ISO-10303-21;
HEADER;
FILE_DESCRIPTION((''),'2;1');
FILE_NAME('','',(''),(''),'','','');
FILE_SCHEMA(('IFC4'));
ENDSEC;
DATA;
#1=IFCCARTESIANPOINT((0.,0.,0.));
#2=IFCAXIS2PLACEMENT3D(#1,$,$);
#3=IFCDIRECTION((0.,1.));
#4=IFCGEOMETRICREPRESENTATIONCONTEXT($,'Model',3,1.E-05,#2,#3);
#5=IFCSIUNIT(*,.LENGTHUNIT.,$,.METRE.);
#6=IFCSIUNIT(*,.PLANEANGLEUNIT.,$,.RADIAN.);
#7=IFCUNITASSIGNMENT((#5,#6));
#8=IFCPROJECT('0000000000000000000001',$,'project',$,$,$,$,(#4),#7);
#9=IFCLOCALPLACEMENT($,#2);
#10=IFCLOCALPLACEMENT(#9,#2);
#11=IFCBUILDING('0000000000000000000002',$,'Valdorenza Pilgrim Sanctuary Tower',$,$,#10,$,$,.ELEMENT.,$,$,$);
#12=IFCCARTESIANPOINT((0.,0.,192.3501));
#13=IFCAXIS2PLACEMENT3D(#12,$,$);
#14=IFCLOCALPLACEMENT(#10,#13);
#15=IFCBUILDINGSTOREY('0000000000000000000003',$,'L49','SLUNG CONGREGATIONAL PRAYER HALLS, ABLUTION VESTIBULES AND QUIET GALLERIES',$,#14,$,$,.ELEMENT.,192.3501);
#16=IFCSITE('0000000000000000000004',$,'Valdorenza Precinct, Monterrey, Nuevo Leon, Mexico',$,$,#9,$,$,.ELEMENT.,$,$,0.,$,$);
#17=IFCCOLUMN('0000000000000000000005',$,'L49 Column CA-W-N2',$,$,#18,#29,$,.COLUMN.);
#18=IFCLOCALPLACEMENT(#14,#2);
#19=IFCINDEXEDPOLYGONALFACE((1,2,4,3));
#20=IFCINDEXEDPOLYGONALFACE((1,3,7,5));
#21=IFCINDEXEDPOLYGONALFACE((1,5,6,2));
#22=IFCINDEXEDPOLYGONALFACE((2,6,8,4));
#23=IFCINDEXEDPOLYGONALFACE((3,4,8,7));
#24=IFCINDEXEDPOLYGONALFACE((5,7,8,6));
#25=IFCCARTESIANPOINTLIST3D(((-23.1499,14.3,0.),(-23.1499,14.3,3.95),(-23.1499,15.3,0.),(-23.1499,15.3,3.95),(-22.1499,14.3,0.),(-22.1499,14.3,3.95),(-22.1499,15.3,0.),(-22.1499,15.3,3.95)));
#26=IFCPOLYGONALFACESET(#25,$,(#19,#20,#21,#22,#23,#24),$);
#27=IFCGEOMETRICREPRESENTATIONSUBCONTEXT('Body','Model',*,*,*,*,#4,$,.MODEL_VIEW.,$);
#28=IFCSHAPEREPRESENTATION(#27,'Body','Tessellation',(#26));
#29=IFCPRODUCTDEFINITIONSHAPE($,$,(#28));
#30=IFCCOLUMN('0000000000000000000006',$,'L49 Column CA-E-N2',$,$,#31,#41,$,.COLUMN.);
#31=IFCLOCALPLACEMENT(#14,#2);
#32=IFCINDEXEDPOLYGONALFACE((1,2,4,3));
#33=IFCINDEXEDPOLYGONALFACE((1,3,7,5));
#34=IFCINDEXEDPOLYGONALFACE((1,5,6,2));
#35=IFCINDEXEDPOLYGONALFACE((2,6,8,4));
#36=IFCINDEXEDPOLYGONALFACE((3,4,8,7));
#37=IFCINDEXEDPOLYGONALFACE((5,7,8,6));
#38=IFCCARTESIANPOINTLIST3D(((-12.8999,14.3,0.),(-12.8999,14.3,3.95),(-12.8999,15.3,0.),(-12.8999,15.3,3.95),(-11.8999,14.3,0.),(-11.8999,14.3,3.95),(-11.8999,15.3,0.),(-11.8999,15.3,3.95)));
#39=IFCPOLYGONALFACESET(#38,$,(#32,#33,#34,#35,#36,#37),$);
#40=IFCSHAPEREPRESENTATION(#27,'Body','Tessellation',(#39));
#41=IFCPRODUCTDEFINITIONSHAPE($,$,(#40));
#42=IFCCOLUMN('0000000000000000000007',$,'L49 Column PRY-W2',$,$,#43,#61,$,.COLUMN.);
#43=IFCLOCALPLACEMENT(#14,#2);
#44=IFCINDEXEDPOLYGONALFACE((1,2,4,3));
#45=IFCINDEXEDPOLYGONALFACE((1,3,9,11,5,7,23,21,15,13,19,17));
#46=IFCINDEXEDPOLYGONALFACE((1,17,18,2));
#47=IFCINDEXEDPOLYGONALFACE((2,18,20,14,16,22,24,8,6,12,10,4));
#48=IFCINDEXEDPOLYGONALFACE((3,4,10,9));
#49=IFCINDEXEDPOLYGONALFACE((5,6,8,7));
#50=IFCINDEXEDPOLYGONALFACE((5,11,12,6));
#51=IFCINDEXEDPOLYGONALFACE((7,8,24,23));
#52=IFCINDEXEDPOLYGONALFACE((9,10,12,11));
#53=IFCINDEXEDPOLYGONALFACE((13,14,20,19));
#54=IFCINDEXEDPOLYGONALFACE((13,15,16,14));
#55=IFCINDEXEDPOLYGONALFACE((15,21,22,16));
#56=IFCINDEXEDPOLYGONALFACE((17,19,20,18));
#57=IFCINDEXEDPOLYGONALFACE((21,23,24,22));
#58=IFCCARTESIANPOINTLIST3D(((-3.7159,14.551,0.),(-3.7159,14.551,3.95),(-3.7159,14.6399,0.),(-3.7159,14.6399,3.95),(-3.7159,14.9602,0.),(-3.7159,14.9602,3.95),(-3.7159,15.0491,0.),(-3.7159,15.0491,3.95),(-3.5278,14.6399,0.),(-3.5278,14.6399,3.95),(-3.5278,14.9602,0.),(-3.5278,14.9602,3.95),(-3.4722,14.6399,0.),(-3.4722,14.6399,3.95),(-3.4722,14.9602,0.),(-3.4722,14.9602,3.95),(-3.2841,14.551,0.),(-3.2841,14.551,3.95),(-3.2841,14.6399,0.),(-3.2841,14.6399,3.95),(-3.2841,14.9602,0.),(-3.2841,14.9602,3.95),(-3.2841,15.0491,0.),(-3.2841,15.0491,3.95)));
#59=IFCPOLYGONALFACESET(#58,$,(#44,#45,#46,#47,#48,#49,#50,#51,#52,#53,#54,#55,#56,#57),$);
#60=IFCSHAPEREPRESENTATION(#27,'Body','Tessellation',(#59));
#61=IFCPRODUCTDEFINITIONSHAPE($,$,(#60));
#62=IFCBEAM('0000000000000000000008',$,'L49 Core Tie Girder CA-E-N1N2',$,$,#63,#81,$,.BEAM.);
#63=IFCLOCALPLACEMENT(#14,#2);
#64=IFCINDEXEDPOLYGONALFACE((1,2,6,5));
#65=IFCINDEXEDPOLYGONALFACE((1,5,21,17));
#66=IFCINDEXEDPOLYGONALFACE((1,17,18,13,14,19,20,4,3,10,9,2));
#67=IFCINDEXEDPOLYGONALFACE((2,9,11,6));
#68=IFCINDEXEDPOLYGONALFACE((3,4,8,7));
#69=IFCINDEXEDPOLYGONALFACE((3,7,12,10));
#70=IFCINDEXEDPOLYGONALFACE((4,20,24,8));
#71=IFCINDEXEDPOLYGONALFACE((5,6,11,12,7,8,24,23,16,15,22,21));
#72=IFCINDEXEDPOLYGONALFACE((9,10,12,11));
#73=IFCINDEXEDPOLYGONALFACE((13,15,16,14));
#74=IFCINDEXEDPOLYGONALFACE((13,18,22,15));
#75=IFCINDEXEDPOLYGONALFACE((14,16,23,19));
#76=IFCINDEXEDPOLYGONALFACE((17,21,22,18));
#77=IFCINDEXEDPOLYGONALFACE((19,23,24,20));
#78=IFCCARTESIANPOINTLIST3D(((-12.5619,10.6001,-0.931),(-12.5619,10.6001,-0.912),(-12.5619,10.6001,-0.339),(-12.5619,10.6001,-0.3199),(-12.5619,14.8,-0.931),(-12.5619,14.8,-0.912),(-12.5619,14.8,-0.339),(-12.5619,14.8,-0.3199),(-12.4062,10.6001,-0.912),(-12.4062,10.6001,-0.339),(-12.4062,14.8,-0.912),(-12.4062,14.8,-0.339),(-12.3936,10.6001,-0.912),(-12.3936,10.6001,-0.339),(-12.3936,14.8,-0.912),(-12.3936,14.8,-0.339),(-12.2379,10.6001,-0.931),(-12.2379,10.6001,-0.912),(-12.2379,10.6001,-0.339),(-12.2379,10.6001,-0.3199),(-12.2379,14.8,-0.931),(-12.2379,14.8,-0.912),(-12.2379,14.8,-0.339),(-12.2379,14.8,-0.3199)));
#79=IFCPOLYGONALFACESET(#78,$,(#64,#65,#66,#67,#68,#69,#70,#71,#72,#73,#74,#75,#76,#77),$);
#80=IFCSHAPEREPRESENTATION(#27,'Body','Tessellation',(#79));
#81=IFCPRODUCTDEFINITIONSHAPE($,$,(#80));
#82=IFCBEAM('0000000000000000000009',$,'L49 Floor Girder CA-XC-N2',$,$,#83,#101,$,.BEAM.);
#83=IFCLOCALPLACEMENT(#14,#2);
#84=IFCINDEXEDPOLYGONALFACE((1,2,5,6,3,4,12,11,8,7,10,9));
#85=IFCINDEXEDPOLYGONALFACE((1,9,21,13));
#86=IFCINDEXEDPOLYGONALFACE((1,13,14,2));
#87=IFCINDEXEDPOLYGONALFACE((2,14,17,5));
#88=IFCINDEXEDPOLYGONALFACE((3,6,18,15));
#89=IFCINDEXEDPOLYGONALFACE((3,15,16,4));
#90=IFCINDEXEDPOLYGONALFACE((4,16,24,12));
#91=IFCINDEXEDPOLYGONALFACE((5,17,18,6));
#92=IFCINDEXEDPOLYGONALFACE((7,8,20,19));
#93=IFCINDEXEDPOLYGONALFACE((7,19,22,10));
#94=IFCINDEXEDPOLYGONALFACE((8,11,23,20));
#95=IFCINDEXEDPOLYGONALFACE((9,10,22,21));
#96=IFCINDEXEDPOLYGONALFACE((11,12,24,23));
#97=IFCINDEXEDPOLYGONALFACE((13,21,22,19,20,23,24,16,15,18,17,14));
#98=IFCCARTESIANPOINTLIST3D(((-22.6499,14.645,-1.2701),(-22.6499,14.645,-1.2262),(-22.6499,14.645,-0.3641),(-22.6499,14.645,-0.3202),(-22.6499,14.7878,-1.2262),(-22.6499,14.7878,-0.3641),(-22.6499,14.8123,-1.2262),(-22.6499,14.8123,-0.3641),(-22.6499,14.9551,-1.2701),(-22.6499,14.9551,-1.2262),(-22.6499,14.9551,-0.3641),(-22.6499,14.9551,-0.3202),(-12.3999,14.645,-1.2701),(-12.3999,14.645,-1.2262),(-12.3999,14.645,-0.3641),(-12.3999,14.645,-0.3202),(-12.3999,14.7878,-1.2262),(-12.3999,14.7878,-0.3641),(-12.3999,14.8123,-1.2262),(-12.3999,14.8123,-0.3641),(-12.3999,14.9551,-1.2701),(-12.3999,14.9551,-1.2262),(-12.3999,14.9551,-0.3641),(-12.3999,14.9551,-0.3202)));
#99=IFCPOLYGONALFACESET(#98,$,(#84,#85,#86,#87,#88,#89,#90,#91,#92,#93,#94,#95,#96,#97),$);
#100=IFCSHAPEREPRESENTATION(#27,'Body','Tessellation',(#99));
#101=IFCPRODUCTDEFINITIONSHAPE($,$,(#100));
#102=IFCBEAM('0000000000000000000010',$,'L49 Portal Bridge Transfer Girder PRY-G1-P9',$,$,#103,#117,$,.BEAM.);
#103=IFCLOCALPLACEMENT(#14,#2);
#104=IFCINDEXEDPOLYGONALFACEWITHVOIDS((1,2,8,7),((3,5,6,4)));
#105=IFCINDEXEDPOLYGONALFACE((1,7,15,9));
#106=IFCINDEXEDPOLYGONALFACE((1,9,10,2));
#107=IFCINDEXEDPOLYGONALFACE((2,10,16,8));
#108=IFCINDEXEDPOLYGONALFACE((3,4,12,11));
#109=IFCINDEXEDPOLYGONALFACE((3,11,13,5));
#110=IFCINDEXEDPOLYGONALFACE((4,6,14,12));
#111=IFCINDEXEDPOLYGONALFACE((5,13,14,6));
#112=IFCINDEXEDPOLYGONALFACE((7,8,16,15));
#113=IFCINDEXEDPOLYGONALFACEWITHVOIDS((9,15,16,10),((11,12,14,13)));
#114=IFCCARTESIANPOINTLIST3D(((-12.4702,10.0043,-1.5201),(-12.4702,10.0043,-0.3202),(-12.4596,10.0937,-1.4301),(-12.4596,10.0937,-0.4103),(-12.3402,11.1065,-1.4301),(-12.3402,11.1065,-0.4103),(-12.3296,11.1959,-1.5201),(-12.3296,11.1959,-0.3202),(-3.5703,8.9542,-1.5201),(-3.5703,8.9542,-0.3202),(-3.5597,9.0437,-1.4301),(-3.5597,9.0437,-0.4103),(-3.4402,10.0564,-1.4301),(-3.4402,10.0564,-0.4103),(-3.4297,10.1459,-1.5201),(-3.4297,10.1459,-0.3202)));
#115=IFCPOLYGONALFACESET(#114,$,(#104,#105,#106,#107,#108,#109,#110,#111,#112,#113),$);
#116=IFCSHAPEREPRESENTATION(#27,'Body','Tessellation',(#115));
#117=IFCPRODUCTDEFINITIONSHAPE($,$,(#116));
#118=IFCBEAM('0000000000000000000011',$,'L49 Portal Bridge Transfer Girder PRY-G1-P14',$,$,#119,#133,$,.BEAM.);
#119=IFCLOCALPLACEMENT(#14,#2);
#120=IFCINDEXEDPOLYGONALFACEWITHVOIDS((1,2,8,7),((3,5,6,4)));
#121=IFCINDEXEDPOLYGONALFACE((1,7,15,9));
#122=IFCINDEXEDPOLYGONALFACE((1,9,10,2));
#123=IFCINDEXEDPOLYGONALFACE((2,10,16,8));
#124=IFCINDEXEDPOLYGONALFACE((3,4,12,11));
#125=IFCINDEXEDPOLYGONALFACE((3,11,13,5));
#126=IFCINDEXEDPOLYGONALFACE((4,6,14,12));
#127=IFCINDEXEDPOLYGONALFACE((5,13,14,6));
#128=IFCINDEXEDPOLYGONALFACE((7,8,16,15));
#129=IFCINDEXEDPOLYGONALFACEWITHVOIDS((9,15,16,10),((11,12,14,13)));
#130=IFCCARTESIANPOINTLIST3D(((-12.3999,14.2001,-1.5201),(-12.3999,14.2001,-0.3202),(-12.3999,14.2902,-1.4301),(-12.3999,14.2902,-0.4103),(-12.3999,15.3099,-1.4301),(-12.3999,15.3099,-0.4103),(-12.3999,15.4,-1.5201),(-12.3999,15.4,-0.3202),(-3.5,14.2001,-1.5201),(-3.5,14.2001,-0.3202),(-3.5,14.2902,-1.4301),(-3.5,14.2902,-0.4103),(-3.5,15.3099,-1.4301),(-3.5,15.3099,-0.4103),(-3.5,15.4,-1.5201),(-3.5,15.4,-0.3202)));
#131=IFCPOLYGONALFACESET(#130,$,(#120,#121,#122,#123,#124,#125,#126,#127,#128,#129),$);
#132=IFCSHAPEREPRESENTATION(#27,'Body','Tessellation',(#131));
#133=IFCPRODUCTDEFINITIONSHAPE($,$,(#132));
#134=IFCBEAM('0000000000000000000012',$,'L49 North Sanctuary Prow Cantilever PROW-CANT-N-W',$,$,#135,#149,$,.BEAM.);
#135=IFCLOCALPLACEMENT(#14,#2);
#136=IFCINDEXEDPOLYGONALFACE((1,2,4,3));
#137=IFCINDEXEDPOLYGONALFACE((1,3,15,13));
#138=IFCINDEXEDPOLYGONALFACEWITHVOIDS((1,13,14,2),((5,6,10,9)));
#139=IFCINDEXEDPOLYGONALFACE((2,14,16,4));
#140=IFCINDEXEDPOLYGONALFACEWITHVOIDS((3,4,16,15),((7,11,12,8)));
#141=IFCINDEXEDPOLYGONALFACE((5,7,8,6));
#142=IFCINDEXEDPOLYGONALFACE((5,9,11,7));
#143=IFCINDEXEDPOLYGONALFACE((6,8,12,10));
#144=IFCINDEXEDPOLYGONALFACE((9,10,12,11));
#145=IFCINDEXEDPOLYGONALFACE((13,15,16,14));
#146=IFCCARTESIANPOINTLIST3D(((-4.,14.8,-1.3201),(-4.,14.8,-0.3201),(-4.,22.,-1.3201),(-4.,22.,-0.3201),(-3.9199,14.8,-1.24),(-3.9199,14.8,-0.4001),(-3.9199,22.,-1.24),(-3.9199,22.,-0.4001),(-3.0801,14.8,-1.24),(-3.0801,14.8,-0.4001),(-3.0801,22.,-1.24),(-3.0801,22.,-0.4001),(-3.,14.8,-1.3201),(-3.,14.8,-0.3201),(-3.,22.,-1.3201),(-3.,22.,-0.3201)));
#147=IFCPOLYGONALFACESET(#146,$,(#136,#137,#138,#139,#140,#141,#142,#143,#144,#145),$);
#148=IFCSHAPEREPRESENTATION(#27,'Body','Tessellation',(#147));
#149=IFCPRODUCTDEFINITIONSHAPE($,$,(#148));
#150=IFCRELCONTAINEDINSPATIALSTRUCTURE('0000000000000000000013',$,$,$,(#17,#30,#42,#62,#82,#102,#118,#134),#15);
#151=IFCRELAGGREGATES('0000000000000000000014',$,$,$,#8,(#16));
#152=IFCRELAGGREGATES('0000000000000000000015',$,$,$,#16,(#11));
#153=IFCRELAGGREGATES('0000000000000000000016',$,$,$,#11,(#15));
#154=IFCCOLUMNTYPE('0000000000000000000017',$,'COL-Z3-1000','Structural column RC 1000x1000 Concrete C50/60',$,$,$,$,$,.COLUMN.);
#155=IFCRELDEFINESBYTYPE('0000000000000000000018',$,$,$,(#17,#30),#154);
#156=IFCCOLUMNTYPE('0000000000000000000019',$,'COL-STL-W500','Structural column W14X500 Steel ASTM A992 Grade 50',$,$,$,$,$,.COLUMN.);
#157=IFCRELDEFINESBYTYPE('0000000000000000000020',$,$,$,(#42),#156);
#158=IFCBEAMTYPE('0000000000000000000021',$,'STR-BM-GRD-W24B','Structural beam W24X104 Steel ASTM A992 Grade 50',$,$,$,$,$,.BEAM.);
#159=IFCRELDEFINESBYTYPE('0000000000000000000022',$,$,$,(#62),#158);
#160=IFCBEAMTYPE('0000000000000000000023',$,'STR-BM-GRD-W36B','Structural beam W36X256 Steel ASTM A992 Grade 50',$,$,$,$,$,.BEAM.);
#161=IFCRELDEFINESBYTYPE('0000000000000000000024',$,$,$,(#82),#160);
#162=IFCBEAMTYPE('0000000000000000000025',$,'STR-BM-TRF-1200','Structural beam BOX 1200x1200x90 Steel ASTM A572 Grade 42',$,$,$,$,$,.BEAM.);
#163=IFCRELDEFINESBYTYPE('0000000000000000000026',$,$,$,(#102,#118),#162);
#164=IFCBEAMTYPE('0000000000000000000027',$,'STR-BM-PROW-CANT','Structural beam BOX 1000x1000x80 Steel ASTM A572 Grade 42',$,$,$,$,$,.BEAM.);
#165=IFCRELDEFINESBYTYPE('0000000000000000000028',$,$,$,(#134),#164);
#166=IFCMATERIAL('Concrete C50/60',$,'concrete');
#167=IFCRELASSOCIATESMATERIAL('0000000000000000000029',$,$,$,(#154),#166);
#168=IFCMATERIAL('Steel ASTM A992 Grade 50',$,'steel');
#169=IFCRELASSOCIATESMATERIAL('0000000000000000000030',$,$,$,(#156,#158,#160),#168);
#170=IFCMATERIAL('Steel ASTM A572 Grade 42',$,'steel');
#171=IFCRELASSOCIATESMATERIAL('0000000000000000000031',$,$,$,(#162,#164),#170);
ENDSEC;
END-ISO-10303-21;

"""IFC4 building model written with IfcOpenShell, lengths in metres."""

from ifc_helpers import new_model, si_unit, direction, frame, origin, origin_2d, place, context, subcontext, project, spatial, rectangle, hollow_rectangle, i_section, extrude, source, transform, mapped, material, material_profile, profile_set, type_object, element, save


model = new_model("IFC4")

# Units and contexts
model_context = context("Model", 3, precision=1e-05, world=origin(), true_north=direction((0.0, 1.0)))
body_context = subcontext(model_context, "Body", "Model", "MODEL_VIEW")
ifc_project = project(units=[si_unit("LENGTHUNIT", "METRE"), si_unit("PLANEANGLEUNIT", "RADIAN")], contexts=[model_context])

# Site, building, storey
site_placement = place(None, origin())
site = spatial("IfcSite", under=ifc_project, at=site_placement, Name="Valdorenza Precinct, Monterrey, Nuevo Leon, Mexico", CompositionType="ELEMENT", RefElevation=0.0)
building_placement = place(site_placement, origin())
building = spatial("IfcBuilding", under=site, at=building_placement, Name="Valdorenza Pilgrim Sanctuary Tower", CompositionType="ELEMENT")
storey_placement = place(building_placement, frame((0.0, 0.0, 192.3501)))
storey = spatial("IfcBuildingStorey", under=building, at=storey_placement, Name="L49", Description="SLUNG CONGREGATIONAL PRAYER HALLS, ABLUTION VESTIBULES AND QUIET GALLERIES", CompositionType="ELEMENT", Elevation=192.3501)

# Columns
ifc_material_1 = material(Name="Concrete C50/60", Category="concrete")
ifc_material_profile_1 = material_profile(ifc_material_1, rectangle(XDim=1.0, YDim=1.0, at=origin_2d()), Name="RC 1000x1000")
ifc_profile_set_1 = profile_set([ifc_material_profile_1], Name="Concrete C50/60")
column_type_1 = type_object("IfcColumnType", Name="COL-Z3-1000", Description="Structural column RC 1000x1000 Concrete C50/60", PredefinedType="COLUMN", material=ifc_profile_set_1)
shared_shape_1 = source(origin(), body_context, "Body", "SweptSolid", [
    extrude(rectangle(XDim=1.0, YDim=1.0, at=origin_2d()), origin(), (0.0, 0.0, 1.0), 3.95),
])
for number, where, z_axis, x_axis, name in (
    (1, (-22.6499, 14.8, 0.0), (0.0, 0.0, 1.0), (1.0, 0.0, 0.0), "L49 Column CA-W-N2"),
    (2, (-12.3999, 14.8, 0.0), (0.0, 0.0, 1.0), (1.0, 0.0, 0.0), "L49 Column CA-E-N2"),
):
    element("IfcColumn", number, at=place(storey_placement, frame(where, z_axis=z_axis, x_axis=x_axis)), inside=storey, type_object=column_type_1, Name=name, PredefinedType="COLUMN", context=body_context, shape_type="MappedRepresentation", body=[
        mapped(shared_shape_1, transform((0.0, 0.0, 0.0), x_axis=(1.0, 0.0, 0.0), y_axis=(0.0, 1.0, 0.0), z_axis=(0.0, 0.0, 1.0), scale=1.0)),
    ])
ifc_material_2 = material(Name="Steel ASTM A992 Grade 50", Category="steel")
ifc_material_profile_2 = material_profile(ifc_material_2, i_section(OverallWidth=0.4319, OverallDepth=0.498, WebThickness=0.0557, FlangeThickness=0.0889, at=origin_2d()), Name="W14X500")
ifc_profile_set_2 = profile_set([ifc_material_profile_2], Name="Steel ASTM A992 Grade 50")
column_type_2 = type_object("IfcColumnType", Name="COL-STL-W500", Description="Structural column W14X500 Steel ASTM A992 Grade 50", PredefinedType="COLUMN", material=ifc_profile_set_2)
shared_shape_2 = source(origin(), body_context, "Body", "SweptSolid", [
    extrude(i_section(OverallWidth=0.4319, OverallDepth=0.498, WebThickness=0.0557, FlangeThickness=0.0889, at=origin_2d()), origin(), (0.0, 0.0, 1.0), 3.95),
])
column_placement = place(storey_placement, frame((-3.5, 14.8, 0.0), z_axis=(0.0, 0.0, 1.0), x_axis=(1.0, 0.0, 0.0)))
element("IfcColumn", 3, at=column_placement, inside=storey, type_object=column_type_2, Name="L49 Column PRY-W2", PredefinedType="COLUMN", context=body_context, shape_type="MappedRepresentation", body=[
    mapped(shared_shape_2, transform((0.0, 0.0, 0.0), x_axis=(1.0, 0.0, 0.0), y_axis=(0.0, 1.0, 0.0), z_axis=(0.0, 0.0, 1.0), scale=1.0)),
])

# Beams
ifc_material_profile_3 = material_profile(ifc_material_2, i_section(OverallWidth=0.324, OverallDepth=0.6111, WebThickness=0.0127, FlangeThickness=0.019, at=origin_2d()), Name="W24X104")
ifc_profile_set_3 = profile_set([ifc_material_profile_3], Name="Steel ASTM A992 Grade 50")
beam_type_1 = type_object("IfcBeamType", Name="STR-BM-GRD-W24B", Description="Structural beam W24X104 Steel ASTM A992 Grade 50", PredefinedType="BEAM", material=ifc_profile_set_3)
shared_shape_3 = source(origin(), body_context, "Body", "SweptSolid", [
    extrude(i_section(OverallWidth=0.324, OverallDepth=0.6111, WebThickness=0.0127, FlangeThickness=0.019, at=origin_2d()), origin(), (0.0, 0.0, 1.0), 4.2),
])
beam_1_placement = place(storey_placement, frame((-12.3999, 10.6001, -0.6255), z_axis=(0.0, 1.0, 0.0), x_axis=(-1.0, 0.0, 0.0)))
element("IfcBeam", 4, at=beam_1_placement, inside=storey, type_object=beam_type_1, Name="L49 Core Tie Girder CA-E-N1N2", PredefinedType="BEAM", context=body_context, shape_type="MappedRepresentation", body=[
    mapped(shared_shape_3, transform((0.0, 0.0, 0.0), x_axis=(1.0, 0.0, 0.0), y_axis=(0.0, 1.0, 0.0), z_axis=(0.0, 0.0, 1.0), scale=1.0)),
])
ifc_material_profile_4 = material_profile(ifc_material_2, i_section(OverallWidth=0.3101, OverallDepth=0.95, WebThickness=0.0244, FlangeThickness=0.0439, at=origin_2d()), Name="W36X256")
ifc_profile_set_4 = profile_set([ifc_material_profile_4], Name="Steel ASTM A992 Grade 50")
beam_type_2 = type_object("IfcBeamType", Name="STR-BM-GRD-W36B", Description="Structural beam W36X256 Steel ASTM A992 Grade 50", PredefinedType="BEAM", material=ifc_profile_set_4)
shared_shape_4 = source(origin(), body_context, "Body", "SweptSolid", [
    extrude(i_section(OverallWidth=0.3101, OverallDepth=0.95, WebThickness=0.0244, FlangeThickness=0.0439, at=origin_2d()), origin(), (0.0, 0.0, 1.0), 10.25),
])
beam_2_placement = place(storey_placement, frame((-22.6499, 14.8, -0.7952), z_axis=(1.0, 0.0, 0.0), x_axis=(0.0, 1.0, 0.0)))
element("IfcBeam", 5, at=beam_2_placement, inside=storey, type_object=beam_type_2, Name="L49 Floor Girder CA-XC-N2", PredefinedType="BEAM", context=body_context, shape_type="MappedRepresentation", body=[
    mapped(shared_shape_4, transform((0.0, 0.0, 0.0), x_axis=(1.0, 0.0, 0.0), y_axis=(0.0, 1.0, 0.0), z_axis=(0.0, 0.0, 1.0), scale=1.0)),
])
ifc_material_3 = material(Name="Steel ASTM A572 Grade 42", Category="steel")
ifc_material_profile_5 = material_profile(ifc_material_3, hollow_rectangle(XDim=1.2, YDim=1.2, WallThickness=0.0901, at=origin_2d()), Name="BOX 1200x1200x90")
ifc_profile_set_5 = profile_set([ifc_material_profile_5], Name="Steel ASTM A572 Grade 42")
beam_type_3 = type_object("IfcBeamType", Name="STR-BM-TRF-1200", Description="Structural beam BOX 1200x1200x90 Steel ASTM A572 Grade 42", PredefinedType="BEAM", material=ifc_profile_set_5)
shared_shape_5 = source(origin(), body_context, "Body", "SweptSolid", [
    extrude(hollow_rectangle(XDim=1.2, YDim=1.2, WallThickness=0.0901, at=origin_2d()), origin(), (0.0, 0.0, 1.0), 8.9617),
])
beam_3_placement = place(storey_placement, frame((-12.3999, 10.6001, -0.9202), z_axis=(0.993112, -0.117172, 0.0), x_axis=(0.117172, 0.993112, 0.0)))
element("IfcBeam", 6, at=beam_3_placement, inside=storey, type_object=beam_type_3, Name="L49 Portal Bridge Transfer Girder PRY-G1-P9", PredefinedType="BEAM", context=body_context, shape_type="MappedRepresentation", body=[
    mapped(shared_shape_5, transform((0.0, 0.0, 0.0), x_axis=(1.0, 0.0, 0.0), y_axis=(0.0, 1.0, 0.0), z_axis=(0.0, 0.0, 1.0), scale=1.0)),
])
shared_shape_6 = source(origin(), body_context, "Body", "SweptSolid", [
    extrude(hollow_rectangle(XDim=1.2, YDim=1.2, WallThickness=0.0901, at=origin_2d()), origin(), (0.0, 0.0, 1.0), 8.8999),
])
beam_4_placement = place(storey_placement, frame((-12.3999, 14.8, -0.9202), z_axis=(1.0, 0.0, 0.0), x_axis=(0.0, 1.0, 0.0)))
element("IfcBeam", 7, at=beam_4_placement, inside=storey, type_object=beam_type_3, Name="L49 Portal Bridge Transfer Girder PRY-G1-P14", PredefinedType="BEAM", context=body_context, shape_type="MappedRepresentation", body=[
    mapped(shared_shape_6, transform((0.0, 0.0, 0.0), x_axis=(1.0, 0.0, 0.0), y_axis=(0.0, 1.0, 0.0), z_axis=(0.0, 0.0, 1.0), scale=1.0)),
])
ifc_material_profile_6 = material_profile(ifc_material_3, hollow_rectangle(XDim=1.0, YDim=1.0, WallThickness=0.0801, at=origin_2d()), Name="BOX 1000x1000x80")
ifc_profile_set_6 = profile_set([ifc_material_profile_6], Name="Steel ASTM A572 Grade 42")
beam_type_4 = type_object("IfcBeamType", Name="STR-BM-PROW-CANT", Description="Structural beam BOX 1000x1000x80 Steel ASTM A572 Grade 42", PredefinedType="BEAM", material=ifc_profile_set_6)
shared_shape_7 = source(origin(), body_context, "Body", "SweptSolid", [
    extrude(hollow_rectangle(XDim=1.0, YDim=1.0, WallThickness=0.0801, at=origin_2d()), origin(), (0.0, 0.0, 1.0), 7.2),
])
beam_5_placement = place(storey_placement, frame((-3.5, 14.8, -0.8201), z_axis=(0.0, 1.0, 0.0), x_axis=(-1.0, 0.0, 0.0)))
element("IfcBeam", 8, at=beam_5_placement, inside=storey, type_object=beam_type_4, Name="L49 North Sanctuary Prow Cantilever PROW-CANT-N-W", PredefinedType="BEAM", context=body_context, shape_type="MappedRepresentation", body=[
    mapped(shared_shape_7, transform((0.0, 0.0, 0.0), x_axis=(1.0, 0.0, 0.0), y_axis=(0.0, 1.0, 0.0), z_axis=(0.0, 0.0, 1.0), scale=1.0)),
])

save(model, "model.ifc")
